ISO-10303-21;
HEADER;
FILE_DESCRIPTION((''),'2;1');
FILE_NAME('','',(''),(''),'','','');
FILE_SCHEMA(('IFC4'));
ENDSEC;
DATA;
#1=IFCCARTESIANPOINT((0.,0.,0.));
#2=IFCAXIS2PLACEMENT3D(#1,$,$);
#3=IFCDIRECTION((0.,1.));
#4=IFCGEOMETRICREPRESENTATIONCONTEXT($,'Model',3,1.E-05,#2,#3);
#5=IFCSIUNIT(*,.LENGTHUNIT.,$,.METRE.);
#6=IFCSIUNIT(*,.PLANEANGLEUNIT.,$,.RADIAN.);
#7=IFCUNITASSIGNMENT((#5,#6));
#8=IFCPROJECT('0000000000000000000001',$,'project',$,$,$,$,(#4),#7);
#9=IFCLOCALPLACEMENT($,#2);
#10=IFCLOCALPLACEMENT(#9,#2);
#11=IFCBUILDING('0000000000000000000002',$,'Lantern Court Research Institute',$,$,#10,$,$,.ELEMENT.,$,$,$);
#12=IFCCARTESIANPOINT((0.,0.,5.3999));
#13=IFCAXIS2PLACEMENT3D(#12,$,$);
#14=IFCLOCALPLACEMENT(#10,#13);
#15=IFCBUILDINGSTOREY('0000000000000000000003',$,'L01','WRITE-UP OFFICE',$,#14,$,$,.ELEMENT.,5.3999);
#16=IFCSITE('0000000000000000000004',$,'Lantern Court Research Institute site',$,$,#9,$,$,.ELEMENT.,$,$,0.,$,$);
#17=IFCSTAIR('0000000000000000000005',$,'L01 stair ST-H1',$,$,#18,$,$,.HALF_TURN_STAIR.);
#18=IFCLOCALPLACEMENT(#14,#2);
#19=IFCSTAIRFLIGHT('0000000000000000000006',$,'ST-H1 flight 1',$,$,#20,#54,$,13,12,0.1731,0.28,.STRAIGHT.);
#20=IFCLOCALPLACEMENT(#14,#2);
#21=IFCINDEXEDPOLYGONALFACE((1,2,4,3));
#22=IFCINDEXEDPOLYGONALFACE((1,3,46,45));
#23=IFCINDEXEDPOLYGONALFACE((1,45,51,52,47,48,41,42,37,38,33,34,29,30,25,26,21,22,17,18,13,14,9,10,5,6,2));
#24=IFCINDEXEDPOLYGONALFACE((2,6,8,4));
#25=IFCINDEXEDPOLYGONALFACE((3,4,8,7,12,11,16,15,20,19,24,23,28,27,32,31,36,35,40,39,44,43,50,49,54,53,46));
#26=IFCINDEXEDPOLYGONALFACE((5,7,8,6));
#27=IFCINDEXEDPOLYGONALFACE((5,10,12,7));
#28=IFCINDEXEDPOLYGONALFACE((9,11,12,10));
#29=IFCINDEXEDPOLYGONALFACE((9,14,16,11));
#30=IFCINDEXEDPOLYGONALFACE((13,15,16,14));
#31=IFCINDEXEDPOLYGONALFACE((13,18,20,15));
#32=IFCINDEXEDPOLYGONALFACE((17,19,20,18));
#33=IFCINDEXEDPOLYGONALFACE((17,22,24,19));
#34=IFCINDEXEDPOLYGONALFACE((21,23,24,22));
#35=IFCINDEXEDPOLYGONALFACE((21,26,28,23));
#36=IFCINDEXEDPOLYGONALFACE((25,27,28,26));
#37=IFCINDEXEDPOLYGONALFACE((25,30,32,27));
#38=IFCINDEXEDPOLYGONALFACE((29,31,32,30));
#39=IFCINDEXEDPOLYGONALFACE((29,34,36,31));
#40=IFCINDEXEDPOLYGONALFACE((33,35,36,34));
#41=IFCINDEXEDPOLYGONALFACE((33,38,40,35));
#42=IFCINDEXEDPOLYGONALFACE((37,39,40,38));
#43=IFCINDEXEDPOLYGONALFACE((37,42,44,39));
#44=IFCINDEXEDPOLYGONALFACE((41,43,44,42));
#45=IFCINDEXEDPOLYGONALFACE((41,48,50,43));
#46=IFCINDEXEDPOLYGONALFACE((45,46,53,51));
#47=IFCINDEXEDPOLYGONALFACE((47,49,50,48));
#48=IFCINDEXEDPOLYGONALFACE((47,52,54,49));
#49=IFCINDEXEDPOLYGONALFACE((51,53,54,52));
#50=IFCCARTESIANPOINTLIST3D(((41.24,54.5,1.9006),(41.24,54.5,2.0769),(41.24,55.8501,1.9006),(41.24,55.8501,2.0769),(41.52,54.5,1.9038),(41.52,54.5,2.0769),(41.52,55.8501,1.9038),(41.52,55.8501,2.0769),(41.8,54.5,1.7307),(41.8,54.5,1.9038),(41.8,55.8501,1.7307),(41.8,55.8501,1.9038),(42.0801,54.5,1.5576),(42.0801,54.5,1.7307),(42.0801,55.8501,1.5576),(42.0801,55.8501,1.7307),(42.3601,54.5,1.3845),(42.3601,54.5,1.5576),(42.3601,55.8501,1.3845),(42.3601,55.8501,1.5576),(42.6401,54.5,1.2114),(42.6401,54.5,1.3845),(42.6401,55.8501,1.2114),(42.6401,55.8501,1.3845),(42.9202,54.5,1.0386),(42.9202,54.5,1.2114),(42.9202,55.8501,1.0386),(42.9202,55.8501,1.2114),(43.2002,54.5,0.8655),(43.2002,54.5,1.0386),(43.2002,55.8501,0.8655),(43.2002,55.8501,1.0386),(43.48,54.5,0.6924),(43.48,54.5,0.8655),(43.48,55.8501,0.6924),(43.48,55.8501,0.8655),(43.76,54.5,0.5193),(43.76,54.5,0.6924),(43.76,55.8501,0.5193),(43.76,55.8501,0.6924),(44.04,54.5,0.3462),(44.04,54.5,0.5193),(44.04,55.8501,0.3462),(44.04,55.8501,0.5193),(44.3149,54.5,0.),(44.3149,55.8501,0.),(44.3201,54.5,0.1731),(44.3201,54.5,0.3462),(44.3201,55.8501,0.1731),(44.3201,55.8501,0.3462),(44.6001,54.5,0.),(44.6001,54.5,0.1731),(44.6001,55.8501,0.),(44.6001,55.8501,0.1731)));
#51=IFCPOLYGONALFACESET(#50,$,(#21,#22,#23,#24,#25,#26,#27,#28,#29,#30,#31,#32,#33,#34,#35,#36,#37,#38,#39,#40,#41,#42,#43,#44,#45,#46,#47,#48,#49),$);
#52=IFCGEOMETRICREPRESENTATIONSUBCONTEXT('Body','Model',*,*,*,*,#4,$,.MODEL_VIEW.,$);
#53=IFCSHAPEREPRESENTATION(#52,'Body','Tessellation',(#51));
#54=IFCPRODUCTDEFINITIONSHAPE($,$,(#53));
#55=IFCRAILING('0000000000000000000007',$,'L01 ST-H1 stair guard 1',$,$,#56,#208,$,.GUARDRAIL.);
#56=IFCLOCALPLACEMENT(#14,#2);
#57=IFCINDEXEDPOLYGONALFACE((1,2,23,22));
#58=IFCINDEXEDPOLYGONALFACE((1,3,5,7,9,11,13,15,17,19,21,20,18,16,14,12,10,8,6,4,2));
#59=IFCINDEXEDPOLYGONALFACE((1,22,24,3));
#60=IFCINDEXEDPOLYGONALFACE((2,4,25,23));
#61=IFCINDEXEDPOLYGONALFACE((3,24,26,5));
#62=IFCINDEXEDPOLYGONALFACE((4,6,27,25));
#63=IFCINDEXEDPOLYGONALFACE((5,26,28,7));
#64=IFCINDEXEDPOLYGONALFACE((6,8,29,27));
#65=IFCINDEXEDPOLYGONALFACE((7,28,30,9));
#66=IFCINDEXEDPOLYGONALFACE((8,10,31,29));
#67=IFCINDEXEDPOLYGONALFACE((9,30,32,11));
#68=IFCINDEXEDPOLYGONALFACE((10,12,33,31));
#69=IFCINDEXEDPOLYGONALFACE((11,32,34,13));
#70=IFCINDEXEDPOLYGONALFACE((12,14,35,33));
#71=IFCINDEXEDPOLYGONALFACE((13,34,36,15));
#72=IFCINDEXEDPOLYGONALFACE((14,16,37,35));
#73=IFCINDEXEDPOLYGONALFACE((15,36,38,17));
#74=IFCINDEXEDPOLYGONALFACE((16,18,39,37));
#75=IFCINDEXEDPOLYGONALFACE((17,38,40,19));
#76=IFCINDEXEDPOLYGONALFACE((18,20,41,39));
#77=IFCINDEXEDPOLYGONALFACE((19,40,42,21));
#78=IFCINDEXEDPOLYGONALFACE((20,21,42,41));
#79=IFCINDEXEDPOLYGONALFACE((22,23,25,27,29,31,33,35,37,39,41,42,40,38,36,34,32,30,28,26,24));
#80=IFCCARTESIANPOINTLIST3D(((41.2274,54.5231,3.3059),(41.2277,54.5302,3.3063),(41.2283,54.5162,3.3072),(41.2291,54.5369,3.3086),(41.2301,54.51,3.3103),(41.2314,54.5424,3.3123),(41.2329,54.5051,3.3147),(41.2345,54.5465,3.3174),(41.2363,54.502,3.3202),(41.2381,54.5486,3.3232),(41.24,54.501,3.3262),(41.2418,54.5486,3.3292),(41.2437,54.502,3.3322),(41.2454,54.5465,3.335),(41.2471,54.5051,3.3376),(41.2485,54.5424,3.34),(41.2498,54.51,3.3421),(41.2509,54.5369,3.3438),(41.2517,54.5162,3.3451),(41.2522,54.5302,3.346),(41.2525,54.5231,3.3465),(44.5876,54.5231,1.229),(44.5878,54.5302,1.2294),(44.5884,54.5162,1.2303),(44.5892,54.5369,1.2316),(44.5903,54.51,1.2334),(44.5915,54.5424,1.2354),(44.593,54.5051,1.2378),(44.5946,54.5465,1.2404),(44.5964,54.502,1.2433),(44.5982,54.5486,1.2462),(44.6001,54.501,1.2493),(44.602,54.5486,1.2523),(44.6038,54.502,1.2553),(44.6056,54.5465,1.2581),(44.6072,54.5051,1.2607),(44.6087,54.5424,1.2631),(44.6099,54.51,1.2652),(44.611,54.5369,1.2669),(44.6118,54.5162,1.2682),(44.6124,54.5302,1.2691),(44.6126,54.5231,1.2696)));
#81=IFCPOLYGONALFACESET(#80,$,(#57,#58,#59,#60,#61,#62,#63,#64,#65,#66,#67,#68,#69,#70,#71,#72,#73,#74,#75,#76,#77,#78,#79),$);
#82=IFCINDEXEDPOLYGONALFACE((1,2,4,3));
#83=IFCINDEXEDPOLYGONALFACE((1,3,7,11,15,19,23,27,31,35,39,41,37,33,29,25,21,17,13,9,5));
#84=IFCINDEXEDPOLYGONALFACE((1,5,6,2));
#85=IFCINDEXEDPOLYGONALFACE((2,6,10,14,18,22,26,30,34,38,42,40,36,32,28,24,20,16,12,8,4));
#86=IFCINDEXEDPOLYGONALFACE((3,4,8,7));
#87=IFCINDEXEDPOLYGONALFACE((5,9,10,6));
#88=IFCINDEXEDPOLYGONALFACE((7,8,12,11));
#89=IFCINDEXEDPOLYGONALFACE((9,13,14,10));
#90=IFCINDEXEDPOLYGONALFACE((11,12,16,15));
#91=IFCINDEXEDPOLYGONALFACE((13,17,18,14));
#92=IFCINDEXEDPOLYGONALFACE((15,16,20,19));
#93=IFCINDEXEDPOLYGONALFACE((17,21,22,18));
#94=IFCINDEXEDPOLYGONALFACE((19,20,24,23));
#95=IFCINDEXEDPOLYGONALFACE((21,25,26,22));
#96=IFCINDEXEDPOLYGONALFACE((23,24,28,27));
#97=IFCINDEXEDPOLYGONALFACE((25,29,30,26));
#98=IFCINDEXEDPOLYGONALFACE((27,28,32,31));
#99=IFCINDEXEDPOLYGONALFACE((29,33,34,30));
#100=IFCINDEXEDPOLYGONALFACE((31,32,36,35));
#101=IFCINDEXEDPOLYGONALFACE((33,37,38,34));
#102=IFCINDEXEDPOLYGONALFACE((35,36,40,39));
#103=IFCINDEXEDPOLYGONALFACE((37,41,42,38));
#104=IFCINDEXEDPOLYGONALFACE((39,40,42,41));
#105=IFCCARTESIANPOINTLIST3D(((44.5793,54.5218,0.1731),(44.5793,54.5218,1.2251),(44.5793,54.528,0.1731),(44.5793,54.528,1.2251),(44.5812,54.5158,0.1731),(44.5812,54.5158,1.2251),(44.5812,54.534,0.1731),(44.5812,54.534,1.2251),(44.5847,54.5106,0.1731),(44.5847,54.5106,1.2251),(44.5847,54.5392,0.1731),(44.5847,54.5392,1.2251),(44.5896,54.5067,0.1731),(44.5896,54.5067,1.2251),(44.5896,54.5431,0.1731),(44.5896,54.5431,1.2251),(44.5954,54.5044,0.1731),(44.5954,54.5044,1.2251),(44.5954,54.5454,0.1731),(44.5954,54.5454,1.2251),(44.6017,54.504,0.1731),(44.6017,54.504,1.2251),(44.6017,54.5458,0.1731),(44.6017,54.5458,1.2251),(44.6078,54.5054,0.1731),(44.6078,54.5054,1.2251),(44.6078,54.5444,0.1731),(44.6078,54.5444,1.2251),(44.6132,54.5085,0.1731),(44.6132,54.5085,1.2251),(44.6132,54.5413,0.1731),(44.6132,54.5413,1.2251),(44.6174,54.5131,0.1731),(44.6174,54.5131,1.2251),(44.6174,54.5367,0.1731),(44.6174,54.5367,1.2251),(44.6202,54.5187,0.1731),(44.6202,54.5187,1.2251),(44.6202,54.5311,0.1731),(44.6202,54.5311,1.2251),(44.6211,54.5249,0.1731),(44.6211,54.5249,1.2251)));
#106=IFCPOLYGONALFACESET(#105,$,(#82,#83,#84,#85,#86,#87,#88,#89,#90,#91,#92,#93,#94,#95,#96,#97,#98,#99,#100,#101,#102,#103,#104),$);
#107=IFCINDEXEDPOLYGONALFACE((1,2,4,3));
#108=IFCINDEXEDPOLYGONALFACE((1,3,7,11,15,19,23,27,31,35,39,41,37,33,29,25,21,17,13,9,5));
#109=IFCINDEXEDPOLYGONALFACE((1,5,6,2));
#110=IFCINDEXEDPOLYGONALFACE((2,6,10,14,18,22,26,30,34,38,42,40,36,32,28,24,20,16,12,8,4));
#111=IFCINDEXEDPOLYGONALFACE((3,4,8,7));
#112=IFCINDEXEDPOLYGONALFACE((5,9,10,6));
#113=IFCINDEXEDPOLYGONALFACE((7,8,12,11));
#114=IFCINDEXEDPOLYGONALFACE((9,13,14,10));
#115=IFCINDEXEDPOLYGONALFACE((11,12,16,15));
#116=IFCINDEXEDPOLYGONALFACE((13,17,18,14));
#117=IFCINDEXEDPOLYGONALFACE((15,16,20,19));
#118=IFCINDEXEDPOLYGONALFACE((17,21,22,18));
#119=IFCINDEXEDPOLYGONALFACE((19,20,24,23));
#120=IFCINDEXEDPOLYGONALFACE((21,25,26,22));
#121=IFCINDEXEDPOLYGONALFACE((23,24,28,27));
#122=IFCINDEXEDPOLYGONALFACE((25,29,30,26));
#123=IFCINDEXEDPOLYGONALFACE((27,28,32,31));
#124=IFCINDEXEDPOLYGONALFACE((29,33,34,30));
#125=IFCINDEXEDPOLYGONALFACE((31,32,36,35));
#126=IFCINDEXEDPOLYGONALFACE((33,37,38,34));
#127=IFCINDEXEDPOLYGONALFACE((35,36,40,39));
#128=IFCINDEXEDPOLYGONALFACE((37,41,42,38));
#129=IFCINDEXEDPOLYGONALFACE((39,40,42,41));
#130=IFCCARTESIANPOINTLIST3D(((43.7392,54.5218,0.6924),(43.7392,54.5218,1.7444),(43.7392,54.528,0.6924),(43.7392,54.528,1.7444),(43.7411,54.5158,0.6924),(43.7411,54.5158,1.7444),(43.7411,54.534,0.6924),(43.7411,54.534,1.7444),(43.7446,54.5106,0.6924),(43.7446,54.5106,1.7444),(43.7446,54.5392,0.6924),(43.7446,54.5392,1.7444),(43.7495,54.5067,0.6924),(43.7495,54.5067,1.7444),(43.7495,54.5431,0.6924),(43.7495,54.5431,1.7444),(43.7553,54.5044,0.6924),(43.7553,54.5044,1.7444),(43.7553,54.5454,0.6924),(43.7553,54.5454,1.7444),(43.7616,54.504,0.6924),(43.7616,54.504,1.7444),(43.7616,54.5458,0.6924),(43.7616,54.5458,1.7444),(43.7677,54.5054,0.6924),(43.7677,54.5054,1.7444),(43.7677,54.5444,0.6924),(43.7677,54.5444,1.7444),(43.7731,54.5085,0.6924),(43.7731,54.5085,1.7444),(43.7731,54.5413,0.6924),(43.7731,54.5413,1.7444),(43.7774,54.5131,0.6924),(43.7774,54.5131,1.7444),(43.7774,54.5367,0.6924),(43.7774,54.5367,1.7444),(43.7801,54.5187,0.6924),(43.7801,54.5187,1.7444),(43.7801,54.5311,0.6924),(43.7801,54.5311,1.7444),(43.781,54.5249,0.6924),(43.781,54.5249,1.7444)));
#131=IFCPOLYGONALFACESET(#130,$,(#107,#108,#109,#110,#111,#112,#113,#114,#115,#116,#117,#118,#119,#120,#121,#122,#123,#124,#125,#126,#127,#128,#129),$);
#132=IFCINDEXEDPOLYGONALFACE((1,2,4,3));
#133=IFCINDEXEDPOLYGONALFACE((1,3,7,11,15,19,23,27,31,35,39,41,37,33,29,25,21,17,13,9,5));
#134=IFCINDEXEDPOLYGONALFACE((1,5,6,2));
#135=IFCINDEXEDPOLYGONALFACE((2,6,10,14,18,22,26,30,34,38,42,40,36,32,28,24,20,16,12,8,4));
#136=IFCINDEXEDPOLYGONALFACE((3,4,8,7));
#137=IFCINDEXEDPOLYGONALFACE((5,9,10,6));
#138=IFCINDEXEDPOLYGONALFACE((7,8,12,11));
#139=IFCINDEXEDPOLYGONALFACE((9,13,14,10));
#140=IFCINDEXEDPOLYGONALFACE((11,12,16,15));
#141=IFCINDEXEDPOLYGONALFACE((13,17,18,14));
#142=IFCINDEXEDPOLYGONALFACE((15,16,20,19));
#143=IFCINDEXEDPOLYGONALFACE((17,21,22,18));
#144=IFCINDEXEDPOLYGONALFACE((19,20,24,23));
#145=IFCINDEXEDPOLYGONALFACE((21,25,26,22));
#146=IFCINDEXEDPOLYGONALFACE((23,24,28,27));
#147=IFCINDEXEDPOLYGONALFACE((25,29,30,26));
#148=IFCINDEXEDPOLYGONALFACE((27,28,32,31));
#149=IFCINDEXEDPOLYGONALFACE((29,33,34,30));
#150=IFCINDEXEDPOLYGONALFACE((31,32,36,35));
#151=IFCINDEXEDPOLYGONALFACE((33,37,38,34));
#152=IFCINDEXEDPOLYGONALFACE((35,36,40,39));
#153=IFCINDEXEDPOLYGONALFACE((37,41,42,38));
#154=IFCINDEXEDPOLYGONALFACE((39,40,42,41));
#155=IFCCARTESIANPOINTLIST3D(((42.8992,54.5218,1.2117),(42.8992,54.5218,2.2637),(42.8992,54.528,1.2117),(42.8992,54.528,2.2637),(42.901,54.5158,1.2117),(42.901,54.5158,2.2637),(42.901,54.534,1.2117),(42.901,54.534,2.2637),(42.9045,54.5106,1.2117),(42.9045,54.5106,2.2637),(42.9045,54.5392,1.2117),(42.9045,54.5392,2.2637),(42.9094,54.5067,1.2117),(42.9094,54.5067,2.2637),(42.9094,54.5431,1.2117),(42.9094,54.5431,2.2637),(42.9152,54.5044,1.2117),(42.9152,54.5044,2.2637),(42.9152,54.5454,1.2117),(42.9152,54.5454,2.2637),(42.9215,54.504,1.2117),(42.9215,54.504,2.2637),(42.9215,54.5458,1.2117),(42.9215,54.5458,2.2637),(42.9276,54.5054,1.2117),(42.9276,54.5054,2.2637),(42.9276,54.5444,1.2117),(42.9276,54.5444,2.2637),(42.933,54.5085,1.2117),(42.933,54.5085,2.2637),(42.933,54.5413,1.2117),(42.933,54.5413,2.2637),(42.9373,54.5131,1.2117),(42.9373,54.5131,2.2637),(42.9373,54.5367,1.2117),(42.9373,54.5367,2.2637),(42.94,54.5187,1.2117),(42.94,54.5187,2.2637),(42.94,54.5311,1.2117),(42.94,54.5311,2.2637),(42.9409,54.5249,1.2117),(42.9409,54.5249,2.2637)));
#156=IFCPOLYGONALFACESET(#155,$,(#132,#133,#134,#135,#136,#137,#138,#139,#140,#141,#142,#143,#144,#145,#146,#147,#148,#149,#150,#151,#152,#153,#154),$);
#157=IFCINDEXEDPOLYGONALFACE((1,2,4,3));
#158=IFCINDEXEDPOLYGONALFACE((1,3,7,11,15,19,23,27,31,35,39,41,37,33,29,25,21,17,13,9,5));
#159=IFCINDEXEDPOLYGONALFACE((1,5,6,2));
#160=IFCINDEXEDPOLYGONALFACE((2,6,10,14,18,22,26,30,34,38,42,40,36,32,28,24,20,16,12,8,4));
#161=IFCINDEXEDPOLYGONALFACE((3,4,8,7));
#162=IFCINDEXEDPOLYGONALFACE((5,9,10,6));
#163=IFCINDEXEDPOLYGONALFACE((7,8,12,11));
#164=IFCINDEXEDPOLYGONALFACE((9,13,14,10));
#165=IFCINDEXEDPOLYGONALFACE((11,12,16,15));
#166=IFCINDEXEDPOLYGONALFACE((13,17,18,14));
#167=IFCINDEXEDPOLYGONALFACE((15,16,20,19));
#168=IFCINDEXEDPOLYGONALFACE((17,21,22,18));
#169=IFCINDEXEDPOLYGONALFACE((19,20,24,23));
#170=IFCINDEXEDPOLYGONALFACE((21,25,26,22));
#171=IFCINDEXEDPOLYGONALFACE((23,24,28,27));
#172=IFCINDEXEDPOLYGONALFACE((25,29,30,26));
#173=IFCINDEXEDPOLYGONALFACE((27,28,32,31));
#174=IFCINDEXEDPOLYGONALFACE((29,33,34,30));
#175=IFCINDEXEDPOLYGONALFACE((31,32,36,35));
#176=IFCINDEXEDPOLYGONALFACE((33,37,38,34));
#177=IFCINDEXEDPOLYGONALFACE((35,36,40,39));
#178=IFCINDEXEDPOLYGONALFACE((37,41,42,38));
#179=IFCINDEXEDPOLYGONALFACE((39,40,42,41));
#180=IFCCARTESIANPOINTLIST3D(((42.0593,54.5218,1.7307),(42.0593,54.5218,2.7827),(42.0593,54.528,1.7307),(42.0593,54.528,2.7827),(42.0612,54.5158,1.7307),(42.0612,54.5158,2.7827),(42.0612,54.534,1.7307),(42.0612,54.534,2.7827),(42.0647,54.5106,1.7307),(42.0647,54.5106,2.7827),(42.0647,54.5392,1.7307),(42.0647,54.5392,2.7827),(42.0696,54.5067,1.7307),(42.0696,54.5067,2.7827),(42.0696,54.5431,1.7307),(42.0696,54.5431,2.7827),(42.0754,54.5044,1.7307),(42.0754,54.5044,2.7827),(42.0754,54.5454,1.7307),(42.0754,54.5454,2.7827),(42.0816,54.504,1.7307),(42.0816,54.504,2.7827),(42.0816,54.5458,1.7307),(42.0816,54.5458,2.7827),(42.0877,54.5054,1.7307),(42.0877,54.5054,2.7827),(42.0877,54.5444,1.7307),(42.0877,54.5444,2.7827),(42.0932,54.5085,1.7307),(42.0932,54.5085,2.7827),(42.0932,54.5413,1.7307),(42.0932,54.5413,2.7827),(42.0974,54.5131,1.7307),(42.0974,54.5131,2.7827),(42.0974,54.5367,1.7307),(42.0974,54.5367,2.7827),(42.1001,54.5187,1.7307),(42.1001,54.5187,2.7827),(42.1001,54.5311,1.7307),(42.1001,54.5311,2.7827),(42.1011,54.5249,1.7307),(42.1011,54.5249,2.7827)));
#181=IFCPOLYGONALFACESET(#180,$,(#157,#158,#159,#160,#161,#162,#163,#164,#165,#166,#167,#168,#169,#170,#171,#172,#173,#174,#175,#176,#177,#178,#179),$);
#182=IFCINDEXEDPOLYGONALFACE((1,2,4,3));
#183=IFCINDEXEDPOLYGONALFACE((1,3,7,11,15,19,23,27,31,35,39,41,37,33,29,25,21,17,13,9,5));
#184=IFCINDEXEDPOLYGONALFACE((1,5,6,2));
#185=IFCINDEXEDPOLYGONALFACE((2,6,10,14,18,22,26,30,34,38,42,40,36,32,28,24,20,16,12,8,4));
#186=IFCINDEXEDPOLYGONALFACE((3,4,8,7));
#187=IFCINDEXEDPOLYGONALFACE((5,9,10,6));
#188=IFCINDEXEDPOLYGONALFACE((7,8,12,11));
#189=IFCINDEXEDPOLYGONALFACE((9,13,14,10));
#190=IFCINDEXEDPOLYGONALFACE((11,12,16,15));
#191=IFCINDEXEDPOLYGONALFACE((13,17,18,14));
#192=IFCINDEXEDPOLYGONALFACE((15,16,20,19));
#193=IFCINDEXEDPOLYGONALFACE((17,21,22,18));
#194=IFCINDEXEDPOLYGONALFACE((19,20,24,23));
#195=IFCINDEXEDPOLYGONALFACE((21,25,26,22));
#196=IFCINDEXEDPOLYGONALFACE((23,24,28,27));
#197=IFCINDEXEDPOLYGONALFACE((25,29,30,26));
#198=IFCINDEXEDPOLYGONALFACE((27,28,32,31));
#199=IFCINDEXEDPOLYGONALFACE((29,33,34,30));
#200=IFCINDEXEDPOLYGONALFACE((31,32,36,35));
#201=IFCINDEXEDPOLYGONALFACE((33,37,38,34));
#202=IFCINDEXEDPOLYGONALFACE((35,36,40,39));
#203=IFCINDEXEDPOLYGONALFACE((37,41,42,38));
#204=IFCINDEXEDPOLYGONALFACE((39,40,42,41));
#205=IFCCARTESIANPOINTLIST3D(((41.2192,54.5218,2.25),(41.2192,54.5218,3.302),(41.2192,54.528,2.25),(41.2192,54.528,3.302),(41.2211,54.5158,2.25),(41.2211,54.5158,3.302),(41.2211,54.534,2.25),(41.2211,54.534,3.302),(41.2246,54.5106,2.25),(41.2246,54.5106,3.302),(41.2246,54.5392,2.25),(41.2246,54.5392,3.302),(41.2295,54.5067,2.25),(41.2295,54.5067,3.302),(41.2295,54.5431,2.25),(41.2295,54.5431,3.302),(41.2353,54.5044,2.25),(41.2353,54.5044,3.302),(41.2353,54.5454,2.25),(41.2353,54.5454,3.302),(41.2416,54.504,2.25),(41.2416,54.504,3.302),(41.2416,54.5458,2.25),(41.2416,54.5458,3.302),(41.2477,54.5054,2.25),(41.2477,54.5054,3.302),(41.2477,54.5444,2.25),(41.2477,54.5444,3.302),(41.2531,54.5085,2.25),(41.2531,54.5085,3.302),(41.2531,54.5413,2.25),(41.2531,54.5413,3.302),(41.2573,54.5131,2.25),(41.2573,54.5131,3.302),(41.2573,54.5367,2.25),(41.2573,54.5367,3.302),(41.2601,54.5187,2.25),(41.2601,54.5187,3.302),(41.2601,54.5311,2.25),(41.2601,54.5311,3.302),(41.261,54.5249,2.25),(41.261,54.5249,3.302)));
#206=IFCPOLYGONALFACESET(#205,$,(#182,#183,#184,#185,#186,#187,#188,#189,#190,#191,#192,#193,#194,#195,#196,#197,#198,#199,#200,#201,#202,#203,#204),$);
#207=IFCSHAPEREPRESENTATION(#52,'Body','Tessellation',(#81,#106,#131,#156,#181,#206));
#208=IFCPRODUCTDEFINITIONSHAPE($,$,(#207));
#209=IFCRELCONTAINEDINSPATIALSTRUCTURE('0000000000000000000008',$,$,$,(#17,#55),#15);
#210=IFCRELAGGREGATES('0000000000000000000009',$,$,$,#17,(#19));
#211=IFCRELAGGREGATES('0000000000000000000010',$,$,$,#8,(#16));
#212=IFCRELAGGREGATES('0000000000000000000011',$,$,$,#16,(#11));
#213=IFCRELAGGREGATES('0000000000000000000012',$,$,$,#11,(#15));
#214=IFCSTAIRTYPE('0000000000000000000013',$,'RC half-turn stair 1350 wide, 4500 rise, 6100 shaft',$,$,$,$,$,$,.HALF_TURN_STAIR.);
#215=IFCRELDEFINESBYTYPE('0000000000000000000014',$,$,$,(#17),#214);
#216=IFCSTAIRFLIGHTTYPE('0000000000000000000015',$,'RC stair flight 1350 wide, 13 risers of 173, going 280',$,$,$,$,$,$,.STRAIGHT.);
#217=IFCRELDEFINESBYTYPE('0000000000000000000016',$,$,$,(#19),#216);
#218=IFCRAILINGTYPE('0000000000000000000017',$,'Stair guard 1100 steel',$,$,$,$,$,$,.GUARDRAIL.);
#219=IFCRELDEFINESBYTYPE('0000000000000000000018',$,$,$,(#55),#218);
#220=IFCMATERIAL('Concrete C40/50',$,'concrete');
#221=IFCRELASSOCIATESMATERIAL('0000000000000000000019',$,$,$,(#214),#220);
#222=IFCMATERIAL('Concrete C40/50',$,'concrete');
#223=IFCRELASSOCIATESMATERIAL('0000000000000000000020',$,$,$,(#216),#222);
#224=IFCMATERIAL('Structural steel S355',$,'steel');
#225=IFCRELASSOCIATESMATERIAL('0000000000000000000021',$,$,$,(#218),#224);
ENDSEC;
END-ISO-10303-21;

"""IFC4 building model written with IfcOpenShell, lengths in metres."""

from ifc_helpers import new_model, si_unit, direction, frame, origin, origin_2d, place, context, subcontext, project, spatial, polyline, circle, outline, extrude, material, type_object, element, aggregate, save


model = new_model("IFC4")

# Units and contexts
model_context = context("Model", 3, precision=1e-05, world=origin(), true_north=direction((0.0, 1.0)))
body_context = subcontext(model_context, "Body", "Model", "MODEL_VIEW")
ifc_project = project(units=[si_unit("LENGTHUNIT", "METRE"), si_unit("PLANEANGLEUNIT", "RADIAN")], contexts=[model_context])

# Site, building, storey
site_placement = place(None, origin())
site = spatial("IfcSite", under=ifc_project, at=site_placement, Name="Lantern Court Research Institute site", CompositionType="ELEMENT", RefElevation=0.0)
building_placement = place(site_placement, origin())
building = spatial("IfcBuilding", under=site, at=building_placement, Name="Lantern Court Research Institute", CompositionType="ELEMENT")
storey_placement = place(building_placement, frame((0.0, 0.0, 5.3999)))
storey = spatial("IfcBuildingStorey", under=building, at=storey_placement, Name="L01", Description="WRITE-UP OFFICE", CompositionType="ELEMENT", Elevation=5.3999)

# Stair, stair flight
ifc_material_1 = material(Name="Concrete C40/50", Category="concrete")
stair_type = type_object("IfcStairType", Name="RC half-turn stair 1350 wide, 4500 rise, 6100 shaft", PredefinedType="HALF_TURN_STAIR", material=ifc_material_1)
stair_placement = place(storey_placement, origin())
stair = element("IfcStair", 1, at=stair_placement, inside=storey, type_object=stair_type, Name="L01 stair ST-H1", PredefinedType="HALF_TURN_STAIR")
ifc_material_2 = material(Name="Concrete C40/50", Category="concrete")
stair_flight_type = type_object("IfcStairFlightType", Name="RC stair flight 1350 wide, 13 risers of 173, going 280", PredefinedType="STRAIGHT", material=ifc_material_2)
stair_flight_placement = place(storey_placement, frame((44.6001, 55.175, 0.0), z_axis=(0.0, 0.0, 1.0), x_axis=(-1.0, 0.0, 0.0)))
stair_flight = element("IfcStairFlight", 2, at=stair_flight_placement, type_object=stair_flight_type, Name="ST-H1 flight 1", NumberOfRisers=13, NumberOfTreads=12, PredefinedType="STRAIGHT", RiserHeight=0.1731, TreadLength=0.28, context=body_context, shape_type="SweptSolid", body=[
    extrude(outline(polyline([(0.0, 0.0), (0.0, 0.1731), (0.28, 0.1731), (0.28, 0.3462), (0.5601, 0.3462), (0.5601, 0.5193), (0.8401, 0.5193), (0.8401, 0.6924), (1.1201, 0.6924), (1.1201, 0.8655), (1.3999, 0.8655), (1.3999, 1.0386), (1.6799, 1.0386), (1.6799, 1.2114), (1.96, 1.2114), (1.96, 1.3845), (2.24, 1.3845), (2.24, 1.5576), (2.52, 1.5576), (2.52, 1.7307), (2.8, 1.7307), (2.8, 1.9038), (3.0801, 1.9038), (3.0801, 2.0769), (3.3601, 2.0769), (3.3601, 2.25), (3.3601, 1.9006), (0.2852, 0.0), (0.0, 0.0)])), frame((0.0, 0.675, 0.0), z_axis=(0.0, -1.0, 0.0), x_axis=(1.0, 0.0, 0.0)), (0.0, 0.0, 1.0), 1.3501),
])
aggregate(stair, [stair_flight])

# Railing
ifc_material_3 = material(Name="Structural steel S355", Category="steel")
railing_type_1 = type_object("IfcRailingType", Name="Stair guard 1100 steel", PredefinedType="GUARDRAIL", material=ifc_material_3)
railing_1_placement = place(storey_placement, frame((44.6001, 54.5249, 0.1731)))
element("IfcRailing", 3, at=railing_1_placement, inside=storey, type_object=railing_type_1, Name="L01 ST-H1 stair guard 1", PredefinedType="GUARDRAIL", context=body_context, shape_type="SweptSolid", body=[
    extrude(circle(Radius=0.0239, at=origin_2d()), frame((0.0, 0.0, 1.0762), z_axis=(-0.850623, 0.0, 0.525776), x_axis=(0.0, -1.0, 0.0)), (0.0, 0.0, 1.0), 3.9502),
    extrude(circle(Radius=0.021, at=origin_2d()), origin(), (0.0, 0.0, 1.0), 1.052),
    extrude(circle(Radius=0.021, at=origin_2d()), frame((-0.8401, 0.0, 0.5193)), (0.0, 0.0, 1.0), 1.052),
    extrude(circle(Radius=0.021, at=origin_2d()), frame((-1.6802, 0.0, 1.0386)), (0.0, 0.0, 1.0), 1.052),
    extrude(circle(Radius=0.021, at=origin_2d()), frame((-2.52, 0.0, 1.5576)), (0.0, 0.0, 1.0), 1.052),
    extrude(circle(Radius=0.021, at=origin_2d()), frame((-3.3601, 0.0, 2.0769)), (0.0, 0.0, 1.0), 1.052),
])

save(model, "model.ifc")
